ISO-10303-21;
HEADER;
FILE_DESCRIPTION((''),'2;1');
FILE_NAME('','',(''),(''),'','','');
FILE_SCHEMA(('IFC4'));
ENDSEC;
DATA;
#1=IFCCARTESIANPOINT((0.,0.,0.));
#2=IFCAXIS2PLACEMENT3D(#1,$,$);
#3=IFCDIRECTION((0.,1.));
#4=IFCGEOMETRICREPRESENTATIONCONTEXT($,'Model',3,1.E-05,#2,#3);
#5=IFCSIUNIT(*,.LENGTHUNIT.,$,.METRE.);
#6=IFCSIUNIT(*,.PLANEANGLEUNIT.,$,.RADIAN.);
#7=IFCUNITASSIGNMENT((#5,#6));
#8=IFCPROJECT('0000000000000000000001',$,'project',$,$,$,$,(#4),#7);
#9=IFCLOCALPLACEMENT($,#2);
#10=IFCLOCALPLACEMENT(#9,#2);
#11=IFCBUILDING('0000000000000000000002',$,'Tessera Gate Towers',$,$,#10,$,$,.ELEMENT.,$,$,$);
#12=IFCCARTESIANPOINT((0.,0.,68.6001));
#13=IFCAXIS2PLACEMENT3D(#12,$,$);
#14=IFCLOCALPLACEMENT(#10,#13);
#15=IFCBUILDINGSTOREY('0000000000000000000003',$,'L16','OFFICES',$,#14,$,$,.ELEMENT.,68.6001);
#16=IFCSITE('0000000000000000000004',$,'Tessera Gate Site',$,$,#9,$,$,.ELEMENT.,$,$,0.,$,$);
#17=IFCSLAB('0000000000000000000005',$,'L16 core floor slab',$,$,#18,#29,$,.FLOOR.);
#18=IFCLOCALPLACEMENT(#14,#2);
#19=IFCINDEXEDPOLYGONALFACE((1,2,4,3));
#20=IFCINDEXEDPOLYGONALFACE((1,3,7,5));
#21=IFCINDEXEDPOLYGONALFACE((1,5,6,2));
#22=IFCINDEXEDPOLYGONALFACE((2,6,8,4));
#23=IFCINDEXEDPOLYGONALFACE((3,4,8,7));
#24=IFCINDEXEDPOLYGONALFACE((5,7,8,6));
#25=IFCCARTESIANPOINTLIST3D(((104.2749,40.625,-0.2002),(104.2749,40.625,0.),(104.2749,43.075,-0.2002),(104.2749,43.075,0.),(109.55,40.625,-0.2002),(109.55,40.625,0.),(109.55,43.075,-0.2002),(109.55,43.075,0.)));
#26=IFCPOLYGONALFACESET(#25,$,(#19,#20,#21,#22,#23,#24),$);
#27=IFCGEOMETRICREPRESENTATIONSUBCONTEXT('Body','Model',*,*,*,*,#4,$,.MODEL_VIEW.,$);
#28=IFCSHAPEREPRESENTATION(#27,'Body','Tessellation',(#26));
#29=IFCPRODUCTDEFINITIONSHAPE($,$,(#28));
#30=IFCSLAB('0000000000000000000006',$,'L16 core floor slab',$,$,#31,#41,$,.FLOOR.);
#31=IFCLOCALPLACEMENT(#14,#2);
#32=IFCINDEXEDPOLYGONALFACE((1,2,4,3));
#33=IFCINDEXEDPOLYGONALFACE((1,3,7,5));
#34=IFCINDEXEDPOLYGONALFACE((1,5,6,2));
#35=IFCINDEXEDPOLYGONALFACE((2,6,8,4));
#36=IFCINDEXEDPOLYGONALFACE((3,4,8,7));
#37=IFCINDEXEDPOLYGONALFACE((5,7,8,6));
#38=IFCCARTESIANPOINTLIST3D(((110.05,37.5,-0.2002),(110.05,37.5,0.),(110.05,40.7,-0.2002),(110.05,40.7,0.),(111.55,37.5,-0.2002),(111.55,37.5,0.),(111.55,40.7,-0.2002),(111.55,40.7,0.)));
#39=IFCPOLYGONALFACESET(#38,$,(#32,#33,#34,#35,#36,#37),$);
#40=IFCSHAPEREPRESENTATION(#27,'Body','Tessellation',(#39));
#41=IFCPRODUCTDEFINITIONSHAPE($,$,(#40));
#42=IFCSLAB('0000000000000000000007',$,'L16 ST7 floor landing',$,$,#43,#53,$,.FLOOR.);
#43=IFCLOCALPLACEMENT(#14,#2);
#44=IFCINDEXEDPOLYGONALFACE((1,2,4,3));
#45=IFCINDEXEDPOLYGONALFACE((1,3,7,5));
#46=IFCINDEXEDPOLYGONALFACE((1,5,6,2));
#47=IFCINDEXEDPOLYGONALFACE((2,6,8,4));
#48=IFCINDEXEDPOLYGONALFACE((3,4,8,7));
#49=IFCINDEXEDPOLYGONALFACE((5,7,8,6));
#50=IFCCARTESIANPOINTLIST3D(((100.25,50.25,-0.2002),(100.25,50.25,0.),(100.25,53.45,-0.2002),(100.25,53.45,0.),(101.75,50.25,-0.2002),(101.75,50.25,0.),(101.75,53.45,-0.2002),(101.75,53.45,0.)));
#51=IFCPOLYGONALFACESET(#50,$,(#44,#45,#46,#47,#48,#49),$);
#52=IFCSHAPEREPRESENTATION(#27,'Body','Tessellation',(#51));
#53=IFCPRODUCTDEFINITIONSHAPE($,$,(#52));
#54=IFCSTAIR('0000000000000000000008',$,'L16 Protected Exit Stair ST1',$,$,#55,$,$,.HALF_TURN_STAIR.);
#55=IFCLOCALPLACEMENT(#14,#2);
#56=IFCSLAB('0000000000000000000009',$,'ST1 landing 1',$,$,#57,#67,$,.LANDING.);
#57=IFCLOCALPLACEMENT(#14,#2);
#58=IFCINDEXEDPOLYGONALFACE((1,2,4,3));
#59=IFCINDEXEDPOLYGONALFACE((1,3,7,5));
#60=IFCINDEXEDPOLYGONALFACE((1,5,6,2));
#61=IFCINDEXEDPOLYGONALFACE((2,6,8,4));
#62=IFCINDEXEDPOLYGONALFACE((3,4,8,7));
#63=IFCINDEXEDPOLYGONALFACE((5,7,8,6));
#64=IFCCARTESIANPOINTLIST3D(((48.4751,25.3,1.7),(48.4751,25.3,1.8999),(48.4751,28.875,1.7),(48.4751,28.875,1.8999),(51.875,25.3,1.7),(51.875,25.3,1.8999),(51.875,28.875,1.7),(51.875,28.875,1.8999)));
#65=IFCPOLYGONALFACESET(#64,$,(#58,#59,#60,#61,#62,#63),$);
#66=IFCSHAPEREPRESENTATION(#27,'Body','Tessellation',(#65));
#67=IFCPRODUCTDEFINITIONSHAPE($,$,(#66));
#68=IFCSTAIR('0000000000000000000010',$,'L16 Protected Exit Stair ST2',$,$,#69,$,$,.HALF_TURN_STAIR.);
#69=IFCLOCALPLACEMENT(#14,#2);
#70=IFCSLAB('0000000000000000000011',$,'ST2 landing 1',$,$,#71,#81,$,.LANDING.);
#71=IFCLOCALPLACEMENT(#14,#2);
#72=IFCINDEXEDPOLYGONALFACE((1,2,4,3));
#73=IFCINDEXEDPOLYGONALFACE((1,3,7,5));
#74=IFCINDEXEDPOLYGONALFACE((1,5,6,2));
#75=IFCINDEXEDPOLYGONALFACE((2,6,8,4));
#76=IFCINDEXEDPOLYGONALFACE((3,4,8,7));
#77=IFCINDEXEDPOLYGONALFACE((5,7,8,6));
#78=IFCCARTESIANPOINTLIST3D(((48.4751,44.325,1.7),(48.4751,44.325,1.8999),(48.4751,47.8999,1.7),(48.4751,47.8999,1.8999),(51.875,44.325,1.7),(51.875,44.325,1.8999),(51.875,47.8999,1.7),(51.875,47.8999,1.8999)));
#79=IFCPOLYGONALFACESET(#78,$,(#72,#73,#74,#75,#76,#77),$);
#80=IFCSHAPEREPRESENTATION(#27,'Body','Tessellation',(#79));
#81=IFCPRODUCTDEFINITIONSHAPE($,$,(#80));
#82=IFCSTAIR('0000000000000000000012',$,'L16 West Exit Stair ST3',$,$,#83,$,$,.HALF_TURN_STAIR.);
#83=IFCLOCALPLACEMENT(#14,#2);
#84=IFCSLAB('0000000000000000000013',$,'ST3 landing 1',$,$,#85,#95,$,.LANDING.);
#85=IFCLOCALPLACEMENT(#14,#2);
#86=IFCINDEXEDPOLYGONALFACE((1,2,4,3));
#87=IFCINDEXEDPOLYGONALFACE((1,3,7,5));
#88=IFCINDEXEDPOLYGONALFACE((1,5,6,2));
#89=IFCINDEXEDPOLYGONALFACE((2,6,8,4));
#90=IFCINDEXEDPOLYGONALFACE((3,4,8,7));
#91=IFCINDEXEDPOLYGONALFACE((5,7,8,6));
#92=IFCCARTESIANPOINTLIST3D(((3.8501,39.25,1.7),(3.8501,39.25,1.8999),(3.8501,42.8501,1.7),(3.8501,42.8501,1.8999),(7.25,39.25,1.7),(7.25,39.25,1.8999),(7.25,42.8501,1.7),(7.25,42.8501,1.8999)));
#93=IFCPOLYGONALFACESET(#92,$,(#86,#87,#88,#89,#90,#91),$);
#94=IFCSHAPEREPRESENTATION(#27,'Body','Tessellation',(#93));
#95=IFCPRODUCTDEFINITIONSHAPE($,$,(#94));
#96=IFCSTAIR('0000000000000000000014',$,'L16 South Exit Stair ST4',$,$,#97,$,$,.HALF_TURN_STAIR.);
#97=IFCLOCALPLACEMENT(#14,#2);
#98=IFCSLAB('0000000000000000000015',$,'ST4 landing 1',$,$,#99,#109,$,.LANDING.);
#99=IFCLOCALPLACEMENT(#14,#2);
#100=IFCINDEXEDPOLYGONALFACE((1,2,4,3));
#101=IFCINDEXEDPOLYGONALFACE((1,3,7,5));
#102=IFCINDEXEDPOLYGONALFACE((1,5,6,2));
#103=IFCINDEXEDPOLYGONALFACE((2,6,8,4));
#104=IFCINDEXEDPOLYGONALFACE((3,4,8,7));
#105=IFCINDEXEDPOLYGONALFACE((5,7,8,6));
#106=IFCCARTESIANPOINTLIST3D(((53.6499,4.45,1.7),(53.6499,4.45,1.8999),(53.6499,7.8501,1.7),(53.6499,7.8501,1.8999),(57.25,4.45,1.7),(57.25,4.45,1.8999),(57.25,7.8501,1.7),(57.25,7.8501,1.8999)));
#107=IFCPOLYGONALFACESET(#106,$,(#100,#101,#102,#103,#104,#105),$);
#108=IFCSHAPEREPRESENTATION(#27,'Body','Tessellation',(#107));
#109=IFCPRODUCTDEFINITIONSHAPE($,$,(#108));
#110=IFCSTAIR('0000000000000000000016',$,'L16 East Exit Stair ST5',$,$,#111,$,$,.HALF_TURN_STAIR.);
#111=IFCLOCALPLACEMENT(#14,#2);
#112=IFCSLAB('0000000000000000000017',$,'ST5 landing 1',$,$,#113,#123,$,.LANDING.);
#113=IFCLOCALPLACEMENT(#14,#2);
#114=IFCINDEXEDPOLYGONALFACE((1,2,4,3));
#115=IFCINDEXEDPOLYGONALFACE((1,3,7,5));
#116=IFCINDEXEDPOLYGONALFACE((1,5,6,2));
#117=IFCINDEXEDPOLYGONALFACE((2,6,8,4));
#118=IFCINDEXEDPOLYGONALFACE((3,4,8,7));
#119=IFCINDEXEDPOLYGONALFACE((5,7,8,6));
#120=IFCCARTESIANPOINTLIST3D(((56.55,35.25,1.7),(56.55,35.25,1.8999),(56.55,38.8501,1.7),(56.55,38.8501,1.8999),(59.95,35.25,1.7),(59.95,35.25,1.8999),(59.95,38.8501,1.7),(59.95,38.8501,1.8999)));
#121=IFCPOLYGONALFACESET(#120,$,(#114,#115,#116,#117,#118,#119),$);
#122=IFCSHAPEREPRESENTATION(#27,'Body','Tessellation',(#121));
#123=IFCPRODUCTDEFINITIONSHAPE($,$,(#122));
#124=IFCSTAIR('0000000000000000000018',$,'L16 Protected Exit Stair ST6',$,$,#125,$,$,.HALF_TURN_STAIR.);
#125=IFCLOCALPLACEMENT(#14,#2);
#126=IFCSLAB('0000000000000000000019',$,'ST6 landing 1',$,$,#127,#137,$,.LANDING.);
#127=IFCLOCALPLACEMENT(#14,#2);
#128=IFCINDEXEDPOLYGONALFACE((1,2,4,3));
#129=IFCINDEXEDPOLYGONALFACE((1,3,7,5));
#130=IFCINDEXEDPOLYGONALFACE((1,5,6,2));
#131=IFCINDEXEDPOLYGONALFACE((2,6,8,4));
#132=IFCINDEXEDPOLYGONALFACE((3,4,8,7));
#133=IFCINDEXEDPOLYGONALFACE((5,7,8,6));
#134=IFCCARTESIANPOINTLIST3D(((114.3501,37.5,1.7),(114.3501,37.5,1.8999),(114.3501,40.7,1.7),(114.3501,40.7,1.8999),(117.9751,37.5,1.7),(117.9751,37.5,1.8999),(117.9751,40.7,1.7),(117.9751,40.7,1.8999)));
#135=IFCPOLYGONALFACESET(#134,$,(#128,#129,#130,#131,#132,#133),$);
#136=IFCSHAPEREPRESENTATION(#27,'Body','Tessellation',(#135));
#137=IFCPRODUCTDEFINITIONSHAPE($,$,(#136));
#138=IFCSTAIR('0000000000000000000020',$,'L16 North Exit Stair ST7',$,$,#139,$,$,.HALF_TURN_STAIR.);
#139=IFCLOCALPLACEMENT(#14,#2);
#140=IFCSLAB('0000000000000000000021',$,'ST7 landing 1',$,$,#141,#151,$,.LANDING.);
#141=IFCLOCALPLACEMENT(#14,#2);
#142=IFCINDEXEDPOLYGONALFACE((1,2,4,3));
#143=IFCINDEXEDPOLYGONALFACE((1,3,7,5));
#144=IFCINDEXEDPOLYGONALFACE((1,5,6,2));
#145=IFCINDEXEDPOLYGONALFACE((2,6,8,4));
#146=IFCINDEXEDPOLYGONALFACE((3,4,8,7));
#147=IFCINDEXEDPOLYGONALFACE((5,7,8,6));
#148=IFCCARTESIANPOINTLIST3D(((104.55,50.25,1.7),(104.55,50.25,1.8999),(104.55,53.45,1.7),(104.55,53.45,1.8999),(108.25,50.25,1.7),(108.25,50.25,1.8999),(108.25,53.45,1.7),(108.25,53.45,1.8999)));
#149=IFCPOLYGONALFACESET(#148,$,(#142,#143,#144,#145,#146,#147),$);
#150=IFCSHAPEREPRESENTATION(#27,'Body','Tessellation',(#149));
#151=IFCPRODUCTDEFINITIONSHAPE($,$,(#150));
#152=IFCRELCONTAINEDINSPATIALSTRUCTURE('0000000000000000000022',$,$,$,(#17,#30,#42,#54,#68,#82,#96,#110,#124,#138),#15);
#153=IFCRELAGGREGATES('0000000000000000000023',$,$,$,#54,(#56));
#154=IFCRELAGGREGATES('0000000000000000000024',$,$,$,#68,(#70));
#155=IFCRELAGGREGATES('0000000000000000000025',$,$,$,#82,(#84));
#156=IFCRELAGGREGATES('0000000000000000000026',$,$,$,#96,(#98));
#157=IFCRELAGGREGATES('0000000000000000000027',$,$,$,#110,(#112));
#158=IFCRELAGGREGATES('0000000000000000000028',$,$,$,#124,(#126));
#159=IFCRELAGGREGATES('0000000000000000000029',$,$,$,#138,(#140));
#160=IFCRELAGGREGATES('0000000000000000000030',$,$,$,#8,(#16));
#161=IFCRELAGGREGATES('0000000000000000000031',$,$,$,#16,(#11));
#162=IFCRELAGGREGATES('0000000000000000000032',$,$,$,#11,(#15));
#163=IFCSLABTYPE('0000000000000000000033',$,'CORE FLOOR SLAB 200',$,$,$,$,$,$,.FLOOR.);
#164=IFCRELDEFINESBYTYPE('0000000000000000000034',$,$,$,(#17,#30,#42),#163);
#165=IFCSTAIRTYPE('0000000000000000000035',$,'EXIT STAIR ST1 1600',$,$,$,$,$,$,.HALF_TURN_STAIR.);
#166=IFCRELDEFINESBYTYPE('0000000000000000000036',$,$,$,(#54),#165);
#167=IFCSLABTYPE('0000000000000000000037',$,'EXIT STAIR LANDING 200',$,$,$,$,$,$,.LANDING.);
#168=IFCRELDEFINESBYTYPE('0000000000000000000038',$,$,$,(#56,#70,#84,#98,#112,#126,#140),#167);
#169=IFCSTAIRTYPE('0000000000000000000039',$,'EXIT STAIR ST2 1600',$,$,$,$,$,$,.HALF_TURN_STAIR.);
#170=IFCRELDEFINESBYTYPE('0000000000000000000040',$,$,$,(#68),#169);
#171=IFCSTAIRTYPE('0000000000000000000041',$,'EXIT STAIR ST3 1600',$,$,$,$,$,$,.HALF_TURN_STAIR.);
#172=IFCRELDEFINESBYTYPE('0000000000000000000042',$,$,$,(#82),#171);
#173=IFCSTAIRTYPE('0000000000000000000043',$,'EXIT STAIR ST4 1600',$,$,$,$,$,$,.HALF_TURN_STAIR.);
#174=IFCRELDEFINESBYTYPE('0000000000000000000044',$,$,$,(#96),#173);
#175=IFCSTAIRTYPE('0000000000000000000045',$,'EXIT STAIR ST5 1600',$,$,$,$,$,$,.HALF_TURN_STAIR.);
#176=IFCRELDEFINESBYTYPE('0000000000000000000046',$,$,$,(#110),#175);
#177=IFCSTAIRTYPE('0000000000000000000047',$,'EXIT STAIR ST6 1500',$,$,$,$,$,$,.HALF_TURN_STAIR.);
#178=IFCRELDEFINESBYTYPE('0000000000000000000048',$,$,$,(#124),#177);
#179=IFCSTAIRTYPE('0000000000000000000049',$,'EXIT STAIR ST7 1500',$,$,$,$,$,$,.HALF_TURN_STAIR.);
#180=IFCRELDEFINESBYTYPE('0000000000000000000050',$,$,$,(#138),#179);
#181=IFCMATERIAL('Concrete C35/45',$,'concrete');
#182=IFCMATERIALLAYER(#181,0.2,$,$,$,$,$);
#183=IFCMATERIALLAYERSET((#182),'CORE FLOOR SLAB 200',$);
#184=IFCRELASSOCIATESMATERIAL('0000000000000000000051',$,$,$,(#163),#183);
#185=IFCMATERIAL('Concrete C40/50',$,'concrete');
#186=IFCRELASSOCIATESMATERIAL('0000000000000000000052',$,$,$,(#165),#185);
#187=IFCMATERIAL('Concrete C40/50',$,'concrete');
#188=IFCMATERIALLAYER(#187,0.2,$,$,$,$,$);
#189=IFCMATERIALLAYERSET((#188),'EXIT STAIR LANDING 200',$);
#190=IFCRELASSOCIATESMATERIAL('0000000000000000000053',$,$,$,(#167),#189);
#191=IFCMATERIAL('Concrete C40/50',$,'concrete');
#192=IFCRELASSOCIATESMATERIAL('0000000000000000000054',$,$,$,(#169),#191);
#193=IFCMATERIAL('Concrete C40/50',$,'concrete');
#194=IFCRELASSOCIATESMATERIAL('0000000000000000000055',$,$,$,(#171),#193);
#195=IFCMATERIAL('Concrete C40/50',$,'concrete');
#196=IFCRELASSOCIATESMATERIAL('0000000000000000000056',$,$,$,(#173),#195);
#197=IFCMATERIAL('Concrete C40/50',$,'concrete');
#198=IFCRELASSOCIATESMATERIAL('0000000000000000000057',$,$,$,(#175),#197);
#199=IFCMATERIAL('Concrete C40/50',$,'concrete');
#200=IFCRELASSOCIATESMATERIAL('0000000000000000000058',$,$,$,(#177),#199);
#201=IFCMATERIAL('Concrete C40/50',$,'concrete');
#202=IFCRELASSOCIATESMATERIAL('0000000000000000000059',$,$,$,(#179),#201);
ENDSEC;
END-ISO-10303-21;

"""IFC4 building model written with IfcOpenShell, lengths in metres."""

from ifc_helpers import new_model, si_unit, direction, frame, origin, place, context, subcontext, project, spatial, polyline, outline, extrude, material, layer, layer_set, type_object, element, aggregate, save


model = new_model("IFC4")

# Units and contexts
model_context = context("Model", 3, precision=1e-05, world=origin(), true_north=direction((0.0, 1.0)))
body_context = subcontext(model_context, "Body", "Model", "MODEL_VIEW")
ifc_project = project(units=[si_unit("LENGTHUNIT", "METRE"), si_unit("PLANEANGLEUNIT", "RADIAN")], contexts=[model_context])

# Site, building, storey
site_placement = place(None, origin())
site = spatial("IfcSite", under=ifc_project, at=site_placement, Name="Tessera Gate Site", CompositionType="ELEMENT", RefElevation=0.0)
building_placement = place(site_placement, origin())
building = spatial("IfcBuilding", under=site, at=building_placement, Name="Tessera Gate Towers", CompositionType="ELEMENT")
storey_placement = place(building_placement, frame((0.0, 0.0, 68.6001)))
storey = spatial("IfcBuildingStorey", under=building, at=storey_placement, Name="L16", Description="OFFICES", CompositionType="ELEMENT", Elevation=68.6001)

# Slabs
ifc_material_1 = material(Name="Concrete C35/45", Category="concrete")
ifc_layer_1 = layer(ifc_material_1, 0.2)
ifc_layer_set_1 = layer_set([ifc_layer_1], Name="CORE FLOOR SLAB 200")
slab_type_1 = type_object("IfcSlabType", Name="CORE FLOOR SLAB 200", PredefinedType="FLOOR", material=ifc_layer_set_1)
slab_1_placement = place(storey_placement, frame((0.0, 0.0, -0.2002)))
element("IfcSlab", 1, at=slab_1_placement, inside=storey, type_object=slab_type_1, Name="L16 core floor slab", PredefinedType="FLOOR", context=body_context, shape_type="SweptSolid", body=[
    extrude(outline(polyline([(109.55, 43.075), (104.2749, 43.075), (104.2749, 40.625), (109.55, 40.625), (109.55, 43.075)])), origin(), (0.0, 0.0, 1.0), 0.2002),
])
slab_2_placement = place(storey_placement, frame((0.0, 0.0, -0.2002)))
element("IfcSlab", 2, at=slab_2_placement, inside=storey, type_object=slab_type_1, Name="L16 core floor slab", PredefinedType="FLOOR", context=body_context, shape_type="SweptSolid", body=[
    extrude(outline(polyline([(111.55, 37.5), (111.55, 40.7), (110.05, 40.7), (110.05, 37.5), (111.55, 37.5)])), origin(), (0.0, 0.0, 1.0), 0.2002),
])
slab_3_placement = place(storey_placement, frame((0.0, 0.0, -0.2002)))
element("IfcSlab", 3, at=slab_3_placement, inside=storey, type_object=slab_type_1, Name="L16 ST7 floor landing", PredefinedType="FLOOR", context=body_context, shape_type="SweptSolid", body=[
    extrude(outline(polyline([(100.25, 50.25), (101.75, 50.25), (101.75, 53.45), (100.25, 53.45), (100.25, 50.25)])), origin(), (0.0, 0.0, 1.0), 0.2002),
])

# Stairs, slabs
ifc_material_2 = material(Name="Concrete C40/50", Category="concrete")
stair_type_1 = type_object("IfcStairType", Name="EXIT STAIR ST1 1600", PredefinedType="HALF_TURN_STAIR", material=ifc_material_2)
stair_1_placement = place(storey_placement, origin())
stair_1 = element("IfcStair", 4, at=stair_1_placement, inside=storey, type_object=stair_type_1, Name="L16 Protected Exit Stair ST1", PredefinedType="HALF_TURN_STAIR")
ifc_material_3 = material(Name="Concrete C40/50", Category="concrete")
ifc_layer_2 = layer(ifc_material_3, 0.2)
ifc_layer_set_2 = layer_set([ifc_layer_2], Name="EXIT STAIR LANDING 200")
slab_type_2 = type_object("IfcSlabType", Name="EXIT STAIR LANDING 200", PredefinedType="LANDING", material=ifc_layer_set_2)
slab_4_placement = place(storey_placement, frame((0.0, 0.0, 1.7)))
slab_4 = element("IfcSlab", 5, at=slab_4_placement, type_object=slab_type_2, Name="ST1 landing 1", PredefinedType="LANDING", context=body_context, shape_type="SweptSolid", body=[
    extrude(outline(polyline([(48.4751, 28.875), (48.4751, 25.3), (51.875, 25.3), (51.875, 28.875), (48.4751, 28.875)])), origin(), (0.0, 0.0, 1.0), 0.2),
])
aggregate(stair_1, [slab_4])
ifc_material_4 = material(Name="Concrete C40/50", Category="concrete")
stair_type_2 = type_object("IfcStairType", Name="EXIT STAIR ST2 1600", PredefinedType="HALF_TURN_STAIR", material=ifc_material_4)
stair_2_placement = place(storey_placement, origin())
stair_2 = element("IfcStair", 6, at=stair_2_placement, inside=storey, type_object=stair_type_2, Name="L16 Protected Exit Stair ST2", PredefinedType="HALF_TURN_STAIR")
slab_5_placement = place(storey_placement, frame((0.0, 0.0, 1.7)))
slab_5 = element("IfcSlab", 7, at=slab_5_placement, type_object=slab_type_2, Name="ST2 landing 1", PredefinedType="LANDING", context=body_context, shape_type="SweptSolid", body=[
    extrude(outline(polyline([(51.875, 44.325), (51.875, 47.8999), (48.4751, 47.8999), (48.4751, 44.325), (51.875, 44.325)])), origin(), (0.0, 0.0, 1.0), 0.2),
])
aggregate(stair_2, [slab_5])
ifc_material_5 = material(Name="Concrete C40/50", Category="concrete")
stair_type_3 = type_object("IfcStairType", Name="EXIT STAIR ST3 1600", PredefinedType="HALF_TURN_STAIR", material=ifc_material_5)
stair_3_placement = place(storey_placement, origin())
stair_3 = element("IfcStair", 8, at=stair_3_placement, inside=storey, type_object=stair_type_3, Name="L16 West Exit Stair ST3", PredefinedType="HALF_TURN_STAIR")
slab_6_placement = place(storey_placement, frame((0.0, 0.0, 1.7)))
slab_6 = element("IfcSlab", 9, at=slab_6_placement, type_object=slab_type_2, Name="ST3 landing 1", PredefinedType="LANDING", context=body_context, shape_type="SweptSolid", body=[
    extrude(outline(polyline([(3.8501, 42.8501), (3.8501, 39.25), (7.25, 39.25), (7.25, 42.8501), (3.8501, 42.8501)])), origin(), (0.0, 0.0, 1.0), 0.2),
])
aggregate(stair_3, [slab_6])
ifc_material_6 = material(Name="Concrete C40/50", Category="concrete")
stair_type_4 = type_object("IfcStairType", Name="EXIT STAIR ST4 1600", PredefinedType="HALF_TURN_STAIR", material=ifc_material_6)
stair_4_placement = place(storey_placement, origin())
stair_4 = element("IfcStair", 10, at=stair_4_placement, inside=storey, type_object=stair_type_4, Name="L16 South Exit Stair ST4", PredefinedType="HALF_TURN_STAIR")
slab_7_placement = place(storey_placement, frame((0.0, 0.0, 1.7)))
slab_7 = element("IfcSlab", 11, at=slab_7_placement, type_object=slab_type_2, Name="ST4 landing 1", PredefinedType="LANDING", context=body_context, shape_type="SweptSolid", body=[
    extrude(outline(polyline([(53.6499, 4.45), (57.25, 4.45), (57.25, 7.8501), (53.6499, 7.8501), (53.6499, 4.45)])), origin(), (0.0, 0.0, 1.0), 0.2),
])
aggregate(stair_4, [slab_7])
ifc_material_7 = material(Name="Concrete C40/50", Category="concrete")
stair_type_5 = type_object("IfcStairType", Name="EXIT STAIR ST5 1600", PredefinedType="HALF_TURN_STAIR", material=ifc_material_7)
stair_5_placement = place(storey_placement, origin())
stair_5 = element("IfcStair", 12, at=stair_5_placement, inside=storey, type_object=stair_type_5, Name="L16 East Exit Stair ST5", PredefinedType="HALF_TURN_STAIR")
slab_8_placement = place(storey_placement, frame((0.0, 0.0, 1.7)))
slab_8 = element("IfcSlab", 13, at=slab_8_placement, type_object=slab_type_2, Name="ST5 landing 1", PredefinedType="LANDING", context=body_context, shape_type="SweptSolid", body=[
    extrude(outline(polyline([(59.95, 35.25), (59.95, 38.8501), (56.55, 38.8501), (56.55, 35.25), (59.95, 35.25)])), origin(), (0.0, 0.0, 1.0), 0.2),
])
aggregate(stair_5, [slab_8])
ifc_material_8 = material(Name="Concrete C40/50", Category="concrete")
stair_type_6 = type_object("IfcStairType", Name="EXIT STAIR ST6 1500", PredefinedType="HALF_TURN_STAIR", material=ifc_material_8)
stair_6_placement = place(storey_placement, origin())
stair_6 = element("IfcStair", 14, at=stair_6_placement, inside=storey, type_object=stair_type_6, Name="L16 Protected Exit Stair ST6", PredefinedType="HALF_TURN_STAIR")
slab_9_placement = place(storey_placement, frame((0.0, 0.0, 1.7)))
slab_9 = element("IfcSlab", 15, at=slab_9_placement, type_object=slab_type_2, Name="ST6 landing 1", PredefinedType="LANDING", context=body_context, shape_type="SweptSolid", body=[
    extrude(outline(polyline([(114.3501, 37.5), (117.9751, 37.5), (117.9751, 40.7), (114.3501, 40.7), (114.3501, 37.5)])), origin(), (0.0, 0.0, 1.0), 0.2),
])
aggregate(stair_6, [slab_9])
ifc_material_9 = material(Name="Concrete C40/50", Category="concrete")
stair_type_7 = type_object("IfcStairType", Name="EXIT STAIR ST7 1500", PredefinedType="HALF_TURN_STAIR", material=ifc_material_9)
stair_7_placement = place(storey_placement, origin())
stair_7 = element("IfcStair", 16, at=stair_7_placement, inside=storey, type_object=stair_type_7, Name="L16 North Exit Stair ST7", PredefinedType="HALF_TURN_STAIR")
slab_10_placement = place(storey_placement, frame((0.0, 0.0, 1.7)))
slab_10 = element("IfcSlab", 17, at=slab_10_placement, type_object=slab_type_2, Name="ST7 landing 1", PredefinedType="LANDING", context=body_context, shape_type="SweptSolid", body=[
    extrude(outline(polyline([(104.55, 50.25), (108.25, 50.25), (108.25, 53.45), (104.55, 53.45), (104.55, 50.25)])), origin(), (0.0, 0.0, 1.0), 0.2),
])
aggregate(stair_7, [slab_10])

save(model, "model.ifc")
